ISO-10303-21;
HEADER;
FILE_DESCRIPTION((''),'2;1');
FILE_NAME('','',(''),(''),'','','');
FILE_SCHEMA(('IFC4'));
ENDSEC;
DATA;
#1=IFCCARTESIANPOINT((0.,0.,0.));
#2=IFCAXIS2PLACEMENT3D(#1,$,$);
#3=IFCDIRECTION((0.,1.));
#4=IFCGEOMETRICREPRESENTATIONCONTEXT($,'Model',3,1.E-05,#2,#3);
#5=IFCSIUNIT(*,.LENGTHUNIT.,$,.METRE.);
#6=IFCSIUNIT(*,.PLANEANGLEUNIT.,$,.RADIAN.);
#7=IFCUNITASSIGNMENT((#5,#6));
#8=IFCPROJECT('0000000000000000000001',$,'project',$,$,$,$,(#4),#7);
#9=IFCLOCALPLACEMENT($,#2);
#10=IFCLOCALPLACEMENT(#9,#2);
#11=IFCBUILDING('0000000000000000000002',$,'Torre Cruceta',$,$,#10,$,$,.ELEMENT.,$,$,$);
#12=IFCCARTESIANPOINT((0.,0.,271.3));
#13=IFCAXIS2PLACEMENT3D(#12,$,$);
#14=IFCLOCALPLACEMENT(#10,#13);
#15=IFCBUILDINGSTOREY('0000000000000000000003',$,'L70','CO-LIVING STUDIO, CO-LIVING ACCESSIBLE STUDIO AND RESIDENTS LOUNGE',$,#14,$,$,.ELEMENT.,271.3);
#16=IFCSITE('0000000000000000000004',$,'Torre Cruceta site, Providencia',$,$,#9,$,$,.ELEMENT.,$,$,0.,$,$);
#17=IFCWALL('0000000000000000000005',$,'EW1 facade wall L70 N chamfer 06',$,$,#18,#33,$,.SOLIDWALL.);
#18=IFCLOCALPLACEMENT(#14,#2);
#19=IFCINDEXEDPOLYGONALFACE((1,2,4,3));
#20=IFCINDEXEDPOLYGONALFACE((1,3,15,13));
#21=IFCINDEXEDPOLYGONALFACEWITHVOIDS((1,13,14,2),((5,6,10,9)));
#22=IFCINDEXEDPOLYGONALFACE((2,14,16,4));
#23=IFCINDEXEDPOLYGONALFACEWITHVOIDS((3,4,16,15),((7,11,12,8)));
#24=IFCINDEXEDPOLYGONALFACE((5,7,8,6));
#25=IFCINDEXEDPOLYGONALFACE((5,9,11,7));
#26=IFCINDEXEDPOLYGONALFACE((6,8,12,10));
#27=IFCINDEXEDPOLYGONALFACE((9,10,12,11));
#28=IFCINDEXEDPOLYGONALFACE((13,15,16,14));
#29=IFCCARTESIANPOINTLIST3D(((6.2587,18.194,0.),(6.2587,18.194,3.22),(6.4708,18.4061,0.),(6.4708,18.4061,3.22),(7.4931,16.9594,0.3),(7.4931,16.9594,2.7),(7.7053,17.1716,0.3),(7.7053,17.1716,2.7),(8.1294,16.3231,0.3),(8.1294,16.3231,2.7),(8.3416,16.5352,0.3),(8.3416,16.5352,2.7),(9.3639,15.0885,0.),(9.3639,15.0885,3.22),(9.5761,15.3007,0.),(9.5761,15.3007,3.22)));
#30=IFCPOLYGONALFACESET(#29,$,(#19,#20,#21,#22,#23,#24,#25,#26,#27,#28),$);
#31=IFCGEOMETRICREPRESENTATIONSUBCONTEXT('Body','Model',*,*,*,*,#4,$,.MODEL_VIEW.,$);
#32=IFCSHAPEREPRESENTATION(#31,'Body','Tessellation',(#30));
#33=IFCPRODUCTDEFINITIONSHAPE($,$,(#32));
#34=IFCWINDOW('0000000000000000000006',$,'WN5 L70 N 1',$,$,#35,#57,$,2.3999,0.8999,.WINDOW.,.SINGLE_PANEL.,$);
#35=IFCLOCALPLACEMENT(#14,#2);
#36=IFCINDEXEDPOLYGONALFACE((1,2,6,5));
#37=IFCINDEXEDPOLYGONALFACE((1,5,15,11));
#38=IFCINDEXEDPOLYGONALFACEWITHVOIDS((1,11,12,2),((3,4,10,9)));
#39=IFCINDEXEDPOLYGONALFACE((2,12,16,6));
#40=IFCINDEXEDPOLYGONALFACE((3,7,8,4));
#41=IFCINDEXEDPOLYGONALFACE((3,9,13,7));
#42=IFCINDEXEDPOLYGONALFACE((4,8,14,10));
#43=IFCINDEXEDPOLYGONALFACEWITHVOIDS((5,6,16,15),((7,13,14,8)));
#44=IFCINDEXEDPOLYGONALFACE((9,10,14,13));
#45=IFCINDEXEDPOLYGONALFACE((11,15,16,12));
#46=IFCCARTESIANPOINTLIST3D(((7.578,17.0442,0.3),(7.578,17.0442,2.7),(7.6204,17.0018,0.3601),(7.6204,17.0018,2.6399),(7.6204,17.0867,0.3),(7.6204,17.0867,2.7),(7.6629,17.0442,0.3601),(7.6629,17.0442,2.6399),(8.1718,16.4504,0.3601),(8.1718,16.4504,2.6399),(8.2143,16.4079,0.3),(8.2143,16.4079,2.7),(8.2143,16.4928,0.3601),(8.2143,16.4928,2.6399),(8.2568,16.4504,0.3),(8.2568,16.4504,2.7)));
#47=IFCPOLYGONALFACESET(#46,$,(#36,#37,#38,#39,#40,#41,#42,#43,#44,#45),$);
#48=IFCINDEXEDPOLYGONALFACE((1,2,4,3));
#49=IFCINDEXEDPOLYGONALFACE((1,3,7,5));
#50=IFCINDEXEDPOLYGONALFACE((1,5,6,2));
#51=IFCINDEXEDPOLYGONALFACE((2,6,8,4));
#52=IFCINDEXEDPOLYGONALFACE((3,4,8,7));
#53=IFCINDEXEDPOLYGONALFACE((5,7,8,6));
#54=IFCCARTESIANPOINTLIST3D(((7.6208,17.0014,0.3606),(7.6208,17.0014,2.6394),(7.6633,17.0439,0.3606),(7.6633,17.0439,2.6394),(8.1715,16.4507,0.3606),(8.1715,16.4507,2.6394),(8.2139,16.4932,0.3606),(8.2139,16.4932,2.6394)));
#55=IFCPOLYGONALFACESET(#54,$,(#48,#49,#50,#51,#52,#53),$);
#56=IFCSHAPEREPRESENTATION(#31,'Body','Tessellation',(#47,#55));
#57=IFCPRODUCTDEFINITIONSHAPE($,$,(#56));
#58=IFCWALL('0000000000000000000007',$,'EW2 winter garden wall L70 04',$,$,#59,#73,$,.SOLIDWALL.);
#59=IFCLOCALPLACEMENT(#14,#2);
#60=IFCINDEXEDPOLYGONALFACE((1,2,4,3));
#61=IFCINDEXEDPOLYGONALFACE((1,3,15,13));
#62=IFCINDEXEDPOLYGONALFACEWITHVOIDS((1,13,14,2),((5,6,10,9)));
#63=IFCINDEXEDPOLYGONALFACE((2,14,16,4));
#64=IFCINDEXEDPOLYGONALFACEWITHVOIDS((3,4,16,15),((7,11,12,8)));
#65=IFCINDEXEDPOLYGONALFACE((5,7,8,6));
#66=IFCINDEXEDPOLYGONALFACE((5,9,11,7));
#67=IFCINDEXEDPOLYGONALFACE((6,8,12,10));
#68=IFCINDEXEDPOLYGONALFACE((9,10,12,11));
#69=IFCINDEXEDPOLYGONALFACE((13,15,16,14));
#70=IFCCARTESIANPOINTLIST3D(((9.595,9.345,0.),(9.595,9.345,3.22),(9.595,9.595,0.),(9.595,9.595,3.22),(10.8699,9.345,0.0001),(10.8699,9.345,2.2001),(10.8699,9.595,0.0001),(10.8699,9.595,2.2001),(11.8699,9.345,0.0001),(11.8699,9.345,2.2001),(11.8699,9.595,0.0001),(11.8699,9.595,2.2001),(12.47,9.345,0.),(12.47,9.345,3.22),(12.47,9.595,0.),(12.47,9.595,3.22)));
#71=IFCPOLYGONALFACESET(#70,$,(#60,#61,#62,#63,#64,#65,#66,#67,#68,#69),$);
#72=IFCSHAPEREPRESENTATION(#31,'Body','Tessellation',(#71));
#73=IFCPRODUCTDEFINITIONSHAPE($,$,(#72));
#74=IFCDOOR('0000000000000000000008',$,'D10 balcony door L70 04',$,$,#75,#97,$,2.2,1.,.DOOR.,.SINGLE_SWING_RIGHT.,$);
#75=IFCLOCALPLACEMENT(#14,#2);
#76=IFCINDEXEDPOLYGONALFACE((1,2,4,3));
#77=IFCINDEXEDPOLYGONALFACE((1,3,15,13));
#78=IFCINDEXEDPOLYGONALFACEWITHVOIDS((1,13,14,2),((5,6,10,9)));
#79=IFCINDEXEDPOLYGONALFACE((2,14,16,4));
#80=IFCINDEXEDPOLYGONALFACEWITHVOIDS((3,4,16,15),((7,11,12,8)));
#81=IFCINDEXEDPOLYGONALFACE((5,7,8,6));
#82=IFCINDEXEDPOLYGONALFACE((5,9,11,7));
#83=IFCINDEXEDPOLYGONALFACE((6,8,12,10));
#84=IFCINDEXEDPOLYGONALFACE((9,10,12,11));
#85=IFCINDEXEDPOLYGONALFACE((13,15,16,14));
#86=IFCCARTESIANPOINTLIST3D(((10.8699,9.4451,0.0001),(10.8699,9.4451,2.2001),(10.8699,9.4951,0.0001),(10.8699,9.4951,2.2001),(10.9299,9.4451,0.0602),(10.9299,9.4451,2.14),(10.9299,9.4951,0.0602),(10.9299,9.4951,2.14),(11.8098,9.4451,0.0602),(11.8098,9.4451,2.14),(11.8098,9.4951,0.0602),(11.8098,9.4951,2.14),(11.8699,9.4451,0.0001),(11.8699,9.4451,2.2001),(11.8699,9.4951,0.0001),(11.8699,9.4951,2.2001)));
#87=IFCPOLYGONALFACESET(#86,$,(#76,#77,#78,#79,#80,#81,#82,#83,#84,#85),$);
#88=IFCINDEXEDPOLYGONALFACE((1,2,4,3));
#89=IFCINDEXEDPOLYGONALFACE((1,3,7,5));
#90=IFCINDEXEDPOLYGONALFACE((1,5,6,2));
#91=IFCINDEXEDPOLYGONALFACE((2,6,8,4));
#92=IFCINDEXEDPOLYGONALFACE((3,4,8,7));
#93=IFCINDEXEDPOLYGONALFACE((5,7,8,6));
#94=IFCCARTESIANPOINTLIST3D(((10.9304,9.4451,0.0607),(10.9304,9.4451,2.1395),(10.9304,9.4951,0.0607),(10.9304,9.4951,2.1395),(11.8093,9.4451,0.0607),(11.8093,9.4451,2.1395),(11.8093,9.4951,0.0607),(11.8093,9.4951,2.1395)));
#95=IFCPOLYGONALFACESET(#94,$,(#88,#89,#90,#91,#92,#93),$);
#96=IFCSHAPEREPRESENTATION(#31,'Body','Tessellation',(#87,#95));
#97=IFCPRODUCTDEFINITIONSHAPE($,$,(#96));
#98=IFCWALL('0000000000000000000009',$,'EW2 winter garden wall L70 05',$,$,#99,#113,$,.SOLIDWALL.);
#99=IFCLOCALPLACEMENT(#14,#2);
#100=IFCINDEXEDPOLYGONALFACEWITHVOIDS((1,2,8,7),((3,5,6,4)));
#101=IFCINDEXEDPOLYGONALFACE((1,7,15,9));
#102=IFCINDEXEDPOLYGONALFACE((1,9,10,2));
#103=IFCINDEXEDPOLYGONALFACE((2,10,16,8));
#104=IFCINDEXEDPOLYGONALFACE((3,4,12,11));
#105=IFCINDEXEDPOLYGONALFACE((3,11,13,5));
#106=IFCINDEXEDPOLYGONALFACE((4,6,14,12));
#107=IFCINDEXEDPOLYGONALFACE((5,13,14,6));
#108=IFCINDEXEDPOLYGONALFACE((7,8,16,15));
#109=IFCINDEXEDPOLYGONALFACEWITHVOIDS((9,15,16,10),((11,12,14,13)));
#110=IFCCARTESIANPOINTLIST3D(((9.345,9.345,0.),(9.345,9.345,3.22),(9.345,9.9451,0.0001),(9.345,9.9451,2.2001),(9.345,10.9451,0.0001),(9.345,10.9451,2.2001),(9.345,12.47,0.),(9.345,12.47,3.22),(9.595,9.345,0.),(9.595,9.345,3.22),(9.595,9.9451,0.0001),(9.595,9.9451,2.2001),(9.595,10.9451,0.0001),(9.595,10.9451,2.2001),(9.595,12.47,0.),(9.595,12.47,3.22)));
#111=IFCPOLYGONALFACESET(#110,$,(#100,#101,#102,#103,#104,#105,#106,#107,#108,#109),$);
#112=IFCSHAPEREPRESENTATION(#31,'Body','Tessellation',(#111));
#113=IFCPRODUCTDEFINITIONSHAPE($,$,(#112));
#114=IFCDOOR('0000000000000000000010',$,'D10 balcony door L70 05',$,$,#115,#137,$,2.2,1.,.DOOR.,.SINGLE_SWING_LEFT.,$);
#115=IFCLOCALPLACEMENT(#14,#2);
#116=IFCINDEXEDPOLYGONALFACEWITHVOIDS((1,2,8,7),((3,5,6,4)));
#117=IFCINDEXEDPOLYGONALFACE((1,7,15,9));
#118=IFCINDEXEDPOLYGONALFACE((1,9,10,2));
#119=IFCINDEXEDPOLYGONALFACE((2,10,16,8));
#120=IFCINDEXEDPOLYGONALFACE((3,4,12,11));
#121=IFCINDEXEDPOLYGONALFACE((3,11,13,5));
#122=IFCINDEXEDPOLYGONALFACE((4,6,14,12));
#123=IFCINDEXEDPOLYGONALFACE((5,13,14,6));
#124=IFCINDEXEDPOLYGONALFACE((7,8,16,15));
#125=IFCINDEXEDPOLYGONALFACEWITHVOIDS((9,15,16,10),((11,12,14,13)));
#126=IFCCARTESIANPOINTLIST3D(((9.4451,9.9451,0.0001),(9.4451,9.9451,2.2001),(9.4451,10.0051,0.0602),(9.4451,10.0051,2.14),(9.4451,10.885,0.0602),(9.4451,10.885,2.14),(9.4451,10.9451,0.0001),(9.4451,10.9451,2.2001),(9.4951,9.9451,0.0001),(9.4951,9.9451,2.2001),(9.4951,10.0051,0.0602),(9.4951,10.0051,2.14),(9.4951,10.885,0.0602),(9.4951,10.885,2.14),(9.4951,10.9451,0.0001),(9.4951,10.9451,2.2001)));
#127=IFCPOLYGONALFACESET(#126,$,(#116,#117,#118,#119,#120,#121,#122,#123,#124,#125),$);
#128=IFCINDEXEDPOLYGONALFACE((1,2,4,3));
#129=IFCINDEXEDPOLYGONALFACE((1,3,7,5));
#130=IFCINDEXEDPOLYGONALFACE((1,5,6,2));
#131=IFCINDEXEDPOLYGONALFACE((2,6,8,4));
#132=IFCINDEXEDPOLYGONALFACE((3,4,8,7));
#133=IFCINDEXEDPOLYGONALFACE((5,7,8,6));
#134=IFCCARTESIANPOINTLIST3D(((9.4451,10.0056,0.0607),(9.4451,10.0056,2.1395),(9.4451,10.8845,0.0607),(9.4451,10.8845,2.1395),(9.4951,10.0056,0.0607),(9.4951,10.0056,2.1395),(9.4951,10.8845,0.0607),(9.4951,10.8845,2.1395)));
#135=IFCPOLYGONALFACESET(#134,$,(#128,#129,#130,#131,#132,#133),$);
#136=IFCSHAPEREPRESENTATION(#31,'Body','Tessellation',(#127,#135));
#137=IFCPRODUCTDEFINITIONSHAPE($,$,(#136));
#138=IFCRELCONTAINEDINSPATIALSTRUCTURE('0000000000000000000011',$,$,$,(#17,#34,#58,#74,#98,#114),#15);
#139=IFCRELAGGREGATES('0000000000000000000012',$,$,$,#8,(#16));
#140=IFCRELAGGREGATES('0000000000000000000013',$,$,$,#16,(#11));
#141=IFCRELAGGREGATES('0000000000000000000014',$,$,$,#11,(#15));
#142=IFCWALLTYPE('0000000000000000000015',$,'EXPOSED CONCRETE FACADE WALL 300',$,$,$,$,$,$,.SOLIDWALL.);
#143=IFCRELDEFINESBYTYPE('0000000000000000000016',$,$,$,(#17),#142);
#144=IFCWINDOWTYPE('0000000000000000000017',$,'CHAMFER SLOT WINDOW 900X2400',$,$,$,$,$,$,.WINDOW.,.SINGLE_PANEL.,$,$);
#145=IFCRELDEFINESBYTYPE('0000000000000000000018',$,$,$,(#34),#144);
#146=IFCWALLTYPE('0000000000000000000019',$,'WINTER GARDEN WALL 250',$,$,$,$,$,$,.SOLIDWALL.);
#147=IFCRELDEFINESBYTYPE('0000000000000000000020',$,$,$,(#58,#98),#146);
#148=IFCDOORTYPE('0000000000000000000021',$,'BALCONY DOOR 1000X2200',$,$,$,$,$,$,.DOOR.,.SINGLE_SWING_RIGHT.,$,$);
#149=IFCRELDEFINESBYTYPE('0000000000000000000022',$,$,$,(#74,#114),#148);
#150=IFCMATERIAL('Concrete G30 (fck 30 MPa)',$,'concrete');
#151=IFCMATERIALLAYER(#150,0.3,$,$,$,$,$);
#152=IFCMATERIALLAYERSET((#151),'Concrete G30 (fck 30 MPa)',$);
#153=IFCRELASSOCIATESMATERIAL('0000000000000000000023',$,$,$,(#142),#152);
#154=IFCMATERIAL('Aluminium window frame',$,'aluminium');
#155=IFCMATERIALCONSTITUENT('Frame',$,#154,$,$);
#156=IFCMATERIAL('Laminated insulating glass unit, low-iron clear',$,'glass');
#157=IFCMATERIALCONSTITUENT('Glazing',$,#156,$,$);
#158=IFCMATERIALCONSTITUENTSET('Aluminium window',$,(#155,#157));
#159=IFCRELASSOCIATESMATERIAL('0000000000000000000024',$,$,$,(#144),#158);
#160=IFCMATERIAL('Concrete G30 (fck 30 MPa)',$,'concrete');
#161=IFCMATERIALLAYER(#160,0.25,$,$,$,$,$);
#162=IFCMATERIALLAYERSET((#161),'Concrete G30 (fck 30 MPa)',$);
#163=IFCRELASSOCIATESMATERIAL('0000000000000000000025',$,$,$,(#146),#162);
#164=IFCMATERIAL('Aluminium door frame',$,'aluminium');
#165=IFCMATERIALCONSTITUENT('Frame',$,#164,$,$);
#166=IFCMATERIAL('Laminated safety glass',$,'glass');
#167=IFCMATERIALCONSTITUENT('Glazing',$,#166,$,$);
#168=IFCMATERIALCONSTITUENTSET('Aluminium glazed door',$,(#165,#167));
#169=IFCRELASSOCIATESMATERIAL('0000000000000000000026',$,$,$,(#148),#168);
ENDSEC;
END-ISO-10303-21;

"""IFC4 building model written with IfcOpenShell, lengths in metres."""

from ifc_helpers import new_model, si_unit, direction, frame, frame_2d, origin, place, context, subcontext, project, spatial, rectangle, hollow_rectangle, extrude, material, layer, layer_set, constituent, constituent_set, type_object, element, fill, save


model = new_model("IFC4")

# Units and contexts
model_context = context("Model", 3, precision=1e-05, world=origin(), true_north=direction((0.0, 1.0)))
body_context = subcontext(model_context, "Body", "Model", "MODEL_VIEW")
ifc_project = project(units=[si_unit("LENGTHUNIT", "METRE"), si_unit("PLANEANGLEUNIT", "RADIAN")], contexts=[model_context])

# Site, building, storey
site_placement = place(None, origin())
site = spatial("IfcSite", under=ifc_project, at=site_placement, Name="Torre Cruceta site, Providencia", CompositionType="ELEMENT", RefElevation=0.0)
building_placement = place(site_placement, origin())
building = spatial("IfcBuilding", under=site, at=building_placement, Name="Torre Cruceta", CompositionType="ELEMENT")
storey_placement = place(building_placement, frame((0.0, 0.0, 271.3)))
storey = spatial("IfcBuildingStorey", under=building, at=storey_placement, Name="L70", Description="CO-LIVING STUDIO, CO-LIVING ACCESSIBLE STUDIO AND RESIDENTS LOUNGE", CompositionType="ELEMENT", Elevation=271.3)

# Wall, opening, window
ifc_material_1 = material(Name="Concrete G30 (fck 30 MPa)", Category="concrete")
ifc_layer_1 = layer(ifc_material_1, 0.3)
ifc_layer_set_1 = layer_set([ifc_layer_1], Name="Concrete G30 (fck 30 MPa)")
wall_type_1 = type_object("IfcWallType", Name="EXPOSED CONCRETE FACADE WALL 300", PredefinedType="SOLIDWALL", material=ifc_layer_set_1)
wall_1_placement = place(storey_placement, frame((9.47, 15.1946, 0.0), z_axis=(0.0, 0.0, 1.0), x_axis=(-0.707079, 0.707135, 0.0)))
wall_1 = element("IfcWall", 1, at=wall_1_placement, inside=storey, type_object=wall_type_1, Name="EW1 facade wall L70 N chamfer 06", PredefinedType="SOLIDWALL", context=body_context, shape_type="SweptSolid", body=[
    extrude(rectangle(XDim=4.3916, YDim=0.3, at=frame_2d((2.1958, 0.0))), origin(), (0.0, 0.0, 1.0), 3.22),
])
opening_1_placement = place(wall_1_placement, frame((1.7458, 0.0, 0.3)))
opening_1 = element("IfcOpeningElement", 2, at=opening_1_placement, cuts=wall_1, PredefinedType="OPENING", context=body_context, shape_type="SweptSolid", body=[
    extrude(rectangle(XDim=0.8999, YDim=2.3999, at=frame_2d((0.45, 1.2))), frame((0.0, 0.1599, 0.0), z_axis=(0.0, -1.0, 0.0), x_axis=(1.0, 0.0, 0.0)), (0.0, 0.0, 1.0), 0.3201),
])
ifc_material_2 = material(Name="Aluminium window frame", Category="aluminium")
ifc_constituent_1 = constituent(ifc_material_2, Name="Frame")
ifc_material_3 = material(Name="Laminated insulating glass unit, low-iron clear", Category="glass")
ifc_constituent_2 = constituent(ifc_material_3, Name="Glazing")
ifc_constituent_set_1 = constituent_set(constituents=[ifc_constituent_1, ifc_constituent_2], Name="Aluminium window")
window_type = type_object("IfcWindowType", Name="CHAMFER SLOT WINDOW 900X2400", PartitioningType="SINGLE_PANEL", PredefinedType="WINDOW", material=ifc_constituent_set_1)
window_placement = place(opening_1_placement, origin())
window = element("IfcWindow", 3, at=window_placement, inside=storey, type_object=window_type, Name="WN5 L70 N 1", OverallHeight=2.3999, OverallWidth=0.8999, PartitioningType="SINGLE_PANEL", PredefinedType="WINDOW", context=body_context, shape_type="SweptSolid", body=[
    extrude(hollow_rectangle(XDim=0.8999, YDim=2.3999, WallThickness=0.0601, at=frame_2d((0.45, 1.2))), frame((0.0, 0.03, 0.0), z_axis=(0.0, -1.0, 0.0), x_axis=(1.0, 0.0, 0.0)), (0.0, 0.0, 1.0), 0.0601),
    extrude(rectangle(XDim=0.7788, YDim=2.2788, at=frame_2d((0.45, 1.2))), frame((0.0, 0.03, 0.0), z_axis=(0.0, -1.0, 0.0), x_axis=(1.0, 0.0, 0.0)), (0.0, 0.0, 1.0), 0.0601),
])
fill(opening_1, window)

# Walls, openings, doors
ifc_material_4 = material(Name="Concrete G30 (fck 30 MPa)", Category="concrete")
ifc_layer_2 = layer(ifc_material_4, 0.25)
ifc_layer_set_2 = layer_set([ifc_layer_2], Name="Concrete G30 (fck 30 MPa)")
wall_type_2 = type_object("IfcWallType", Name="WINTER GARDEN WALL 250", PredefinedType="SOLIDWALL", material=ifc_layer_set_2)
wall_2_placement = place(storey_placement, frame((12.47, 9.47, 0.0), z_axis=(0.0, 0.0, 1.0), x_axis=(-1.0, 0.0, 0.0)))
wall_2 = element("IfcWall", 4, at=wall_2_placement, inside=storey, type_object=wall_type_2, Name="EW2 winter garden wall L70 04", PredefinedType="SOLIDWALL", context=body_context, shape_type="SweptSolid", body=[
    extrude(rectangle(XDim=2.875, YDim=0.25, at=frame_2d((1.4375, 0.0))), origin(), (0.0, 0.0, 1.0), 3.22),
])
opening_2_placement = place(wall_2_placement, frame((0.6001, 0.0, 0.0)))
opening_2 = element("IfcOpeningElement", 5, at=opening_2_placement, cuts=wall_2, PredefinedType="OPENING", context=body_context, shape_type="SweptSolid", body=[
    extrude(rectangle(XDim=1.0, YDim=2.2, at=frame_2d((0.5, 1.1001))), frame((0.0, 0.135, 0.0), z_axis=(0.0, -1.0, 0.0), x_axis=(1.0, 0.0, 0.0)), (0.0, 0.0, 1.0), 0.27),
])
ifc_material_5 = material(Name="Aluminium door frame", Category="aluminium")
ifc_constituent_3 = constituent(ifc_material_5, Name="Frame")
ifc_material_6 = material(Name="Laminated safety glass", Category="glass")
ifc_constituent_4 = constituent(ifc_material_6, Name="Glazing")
ifc_constituent_set_2 = constituent_set(constituents=[ifc_constituent_3, ifc_constituent_4], Name="Aluminium glazed door")
door_type = type_object("IfcDoorType", Name="BALCONY DOOR 1000X2200", OperationType="SINGLE_SWING_RIGHT", PredefinedType="DOOR", material=ifc_constituent_set_2)
door_1_placement = place(opening_2_placement, origin())
door_1 = element("IfcDoor", 6, at=door_1_placement, inside=storey, type_object=door_type, Name="D10 balcony door L70 04", OperationType="SINGLE_SWING_RIGHT", OverallHeight=2.2, OverallWidth=1.0, PredefinedType="DOOR", context=body_context, shape_type="SweptSolid", body=[
    extrude(hollow_rectangle(XDim=1.0, YDim=2.2, WallThickness=0.0601, at=frame_2d((0.5, 1.1001))), frame((0.0, 0.0249, 0.0), z_axis=(0.0, -1.0, 0.0), x_axis=(1.0, 0.0, 0.0)), (0.0, 0.0, 1.0), 0.05),
    extrude(rectangle(XDim=0.8789, YDim=2.0789, at=frame_2d((0.5, 1.1001))), frame((0.0, 0.0249, 0.0), z_axis=(0.0, -1.0, 0.0), x_axis=(1.0, 0.0, 0.0)), (0.0, 0.0, 1.0), 0.05),
])
fill(opening_2, door_1)
wall_3_placement = place(storey_placement, frame((9.47, 9.345, 0.0), z_axis=(0.0, 0.0, 1.0), x_axis=(0.0, 1.0, 0.0)))
wall_3 = element("IfcWall", 7, at=wall_3_placement, inside=storey, type_object=wall_type_2, Name="EW2 winter garden wall L70 05", PredefinedType="SOLIDWALL", context=body_context, shape_type="SweptSolid", body=[
    extrude(rectangle(XDim=3.125, YDim=0.25, at=frame_2d((1.5625, 0.0))), origin(), (0.0, 0.0, 1.0), 3.22),
])
opening_3_placement = place(wall_3_placement, frame((0.6001, 0.0, 0.0)))
opening_3 = element("IfcOpeningElement", 8, at=opening_3_placement, cuts=wall_3, PredefinedType="OPENING", context=body_context, shape_type="SweptSolid", body=[
    extrude(rectangle(XDim=1.0, YDim=2.2, at=frame_2d((0.5, 1.1001))), frame((0.0, 0.135, 0.0), z_axis=(0.0, -1.0, 0.0), x_axis=(1.0, 0.0, 0.0)), (0.0, 0.0, 1.0), 0.27),
])
door_2_placement = place(opening_3_placement, origin())
door_2 = element("IfcDoor", 9, at=door_2_placement, inside=storey, type_object=door_type, Name="D10 balcony door L70 05", OperationType="SINGLE_SWING_LEFT", OverallHeight=2.2, OverallWidth=1.0, PredefinedType="DOOR", context=body_context, shape_type="SweptSolid", body=[
    extrude(hollow_rectangle(XDim=1.0, YDim=2.2, WallThickness=0.0601, at=frame_2d((0.5, 1.1001))), frame((0.0, 0.0249, 0.0), z_axis=(0.0, -1.0, 0.0), x_axis=(1.0, 0.0, 0.0)), (0.0, 0.0, 1.0), 0.05),
    extrude(rectangle(XDim=0.8789, YDim=2.0789, at=frame_2d((0.5, 1.1001))), frame((0.0, 0.0249, 0.0), z_axis=(0.0, -1.0, 0.0), x_axis=(1.0, 0.0, 0.0)), (0.0, 0.0, 1.0), 0.05),
])
fill(opening_3, door_2)

save(model, "model.ifc")
